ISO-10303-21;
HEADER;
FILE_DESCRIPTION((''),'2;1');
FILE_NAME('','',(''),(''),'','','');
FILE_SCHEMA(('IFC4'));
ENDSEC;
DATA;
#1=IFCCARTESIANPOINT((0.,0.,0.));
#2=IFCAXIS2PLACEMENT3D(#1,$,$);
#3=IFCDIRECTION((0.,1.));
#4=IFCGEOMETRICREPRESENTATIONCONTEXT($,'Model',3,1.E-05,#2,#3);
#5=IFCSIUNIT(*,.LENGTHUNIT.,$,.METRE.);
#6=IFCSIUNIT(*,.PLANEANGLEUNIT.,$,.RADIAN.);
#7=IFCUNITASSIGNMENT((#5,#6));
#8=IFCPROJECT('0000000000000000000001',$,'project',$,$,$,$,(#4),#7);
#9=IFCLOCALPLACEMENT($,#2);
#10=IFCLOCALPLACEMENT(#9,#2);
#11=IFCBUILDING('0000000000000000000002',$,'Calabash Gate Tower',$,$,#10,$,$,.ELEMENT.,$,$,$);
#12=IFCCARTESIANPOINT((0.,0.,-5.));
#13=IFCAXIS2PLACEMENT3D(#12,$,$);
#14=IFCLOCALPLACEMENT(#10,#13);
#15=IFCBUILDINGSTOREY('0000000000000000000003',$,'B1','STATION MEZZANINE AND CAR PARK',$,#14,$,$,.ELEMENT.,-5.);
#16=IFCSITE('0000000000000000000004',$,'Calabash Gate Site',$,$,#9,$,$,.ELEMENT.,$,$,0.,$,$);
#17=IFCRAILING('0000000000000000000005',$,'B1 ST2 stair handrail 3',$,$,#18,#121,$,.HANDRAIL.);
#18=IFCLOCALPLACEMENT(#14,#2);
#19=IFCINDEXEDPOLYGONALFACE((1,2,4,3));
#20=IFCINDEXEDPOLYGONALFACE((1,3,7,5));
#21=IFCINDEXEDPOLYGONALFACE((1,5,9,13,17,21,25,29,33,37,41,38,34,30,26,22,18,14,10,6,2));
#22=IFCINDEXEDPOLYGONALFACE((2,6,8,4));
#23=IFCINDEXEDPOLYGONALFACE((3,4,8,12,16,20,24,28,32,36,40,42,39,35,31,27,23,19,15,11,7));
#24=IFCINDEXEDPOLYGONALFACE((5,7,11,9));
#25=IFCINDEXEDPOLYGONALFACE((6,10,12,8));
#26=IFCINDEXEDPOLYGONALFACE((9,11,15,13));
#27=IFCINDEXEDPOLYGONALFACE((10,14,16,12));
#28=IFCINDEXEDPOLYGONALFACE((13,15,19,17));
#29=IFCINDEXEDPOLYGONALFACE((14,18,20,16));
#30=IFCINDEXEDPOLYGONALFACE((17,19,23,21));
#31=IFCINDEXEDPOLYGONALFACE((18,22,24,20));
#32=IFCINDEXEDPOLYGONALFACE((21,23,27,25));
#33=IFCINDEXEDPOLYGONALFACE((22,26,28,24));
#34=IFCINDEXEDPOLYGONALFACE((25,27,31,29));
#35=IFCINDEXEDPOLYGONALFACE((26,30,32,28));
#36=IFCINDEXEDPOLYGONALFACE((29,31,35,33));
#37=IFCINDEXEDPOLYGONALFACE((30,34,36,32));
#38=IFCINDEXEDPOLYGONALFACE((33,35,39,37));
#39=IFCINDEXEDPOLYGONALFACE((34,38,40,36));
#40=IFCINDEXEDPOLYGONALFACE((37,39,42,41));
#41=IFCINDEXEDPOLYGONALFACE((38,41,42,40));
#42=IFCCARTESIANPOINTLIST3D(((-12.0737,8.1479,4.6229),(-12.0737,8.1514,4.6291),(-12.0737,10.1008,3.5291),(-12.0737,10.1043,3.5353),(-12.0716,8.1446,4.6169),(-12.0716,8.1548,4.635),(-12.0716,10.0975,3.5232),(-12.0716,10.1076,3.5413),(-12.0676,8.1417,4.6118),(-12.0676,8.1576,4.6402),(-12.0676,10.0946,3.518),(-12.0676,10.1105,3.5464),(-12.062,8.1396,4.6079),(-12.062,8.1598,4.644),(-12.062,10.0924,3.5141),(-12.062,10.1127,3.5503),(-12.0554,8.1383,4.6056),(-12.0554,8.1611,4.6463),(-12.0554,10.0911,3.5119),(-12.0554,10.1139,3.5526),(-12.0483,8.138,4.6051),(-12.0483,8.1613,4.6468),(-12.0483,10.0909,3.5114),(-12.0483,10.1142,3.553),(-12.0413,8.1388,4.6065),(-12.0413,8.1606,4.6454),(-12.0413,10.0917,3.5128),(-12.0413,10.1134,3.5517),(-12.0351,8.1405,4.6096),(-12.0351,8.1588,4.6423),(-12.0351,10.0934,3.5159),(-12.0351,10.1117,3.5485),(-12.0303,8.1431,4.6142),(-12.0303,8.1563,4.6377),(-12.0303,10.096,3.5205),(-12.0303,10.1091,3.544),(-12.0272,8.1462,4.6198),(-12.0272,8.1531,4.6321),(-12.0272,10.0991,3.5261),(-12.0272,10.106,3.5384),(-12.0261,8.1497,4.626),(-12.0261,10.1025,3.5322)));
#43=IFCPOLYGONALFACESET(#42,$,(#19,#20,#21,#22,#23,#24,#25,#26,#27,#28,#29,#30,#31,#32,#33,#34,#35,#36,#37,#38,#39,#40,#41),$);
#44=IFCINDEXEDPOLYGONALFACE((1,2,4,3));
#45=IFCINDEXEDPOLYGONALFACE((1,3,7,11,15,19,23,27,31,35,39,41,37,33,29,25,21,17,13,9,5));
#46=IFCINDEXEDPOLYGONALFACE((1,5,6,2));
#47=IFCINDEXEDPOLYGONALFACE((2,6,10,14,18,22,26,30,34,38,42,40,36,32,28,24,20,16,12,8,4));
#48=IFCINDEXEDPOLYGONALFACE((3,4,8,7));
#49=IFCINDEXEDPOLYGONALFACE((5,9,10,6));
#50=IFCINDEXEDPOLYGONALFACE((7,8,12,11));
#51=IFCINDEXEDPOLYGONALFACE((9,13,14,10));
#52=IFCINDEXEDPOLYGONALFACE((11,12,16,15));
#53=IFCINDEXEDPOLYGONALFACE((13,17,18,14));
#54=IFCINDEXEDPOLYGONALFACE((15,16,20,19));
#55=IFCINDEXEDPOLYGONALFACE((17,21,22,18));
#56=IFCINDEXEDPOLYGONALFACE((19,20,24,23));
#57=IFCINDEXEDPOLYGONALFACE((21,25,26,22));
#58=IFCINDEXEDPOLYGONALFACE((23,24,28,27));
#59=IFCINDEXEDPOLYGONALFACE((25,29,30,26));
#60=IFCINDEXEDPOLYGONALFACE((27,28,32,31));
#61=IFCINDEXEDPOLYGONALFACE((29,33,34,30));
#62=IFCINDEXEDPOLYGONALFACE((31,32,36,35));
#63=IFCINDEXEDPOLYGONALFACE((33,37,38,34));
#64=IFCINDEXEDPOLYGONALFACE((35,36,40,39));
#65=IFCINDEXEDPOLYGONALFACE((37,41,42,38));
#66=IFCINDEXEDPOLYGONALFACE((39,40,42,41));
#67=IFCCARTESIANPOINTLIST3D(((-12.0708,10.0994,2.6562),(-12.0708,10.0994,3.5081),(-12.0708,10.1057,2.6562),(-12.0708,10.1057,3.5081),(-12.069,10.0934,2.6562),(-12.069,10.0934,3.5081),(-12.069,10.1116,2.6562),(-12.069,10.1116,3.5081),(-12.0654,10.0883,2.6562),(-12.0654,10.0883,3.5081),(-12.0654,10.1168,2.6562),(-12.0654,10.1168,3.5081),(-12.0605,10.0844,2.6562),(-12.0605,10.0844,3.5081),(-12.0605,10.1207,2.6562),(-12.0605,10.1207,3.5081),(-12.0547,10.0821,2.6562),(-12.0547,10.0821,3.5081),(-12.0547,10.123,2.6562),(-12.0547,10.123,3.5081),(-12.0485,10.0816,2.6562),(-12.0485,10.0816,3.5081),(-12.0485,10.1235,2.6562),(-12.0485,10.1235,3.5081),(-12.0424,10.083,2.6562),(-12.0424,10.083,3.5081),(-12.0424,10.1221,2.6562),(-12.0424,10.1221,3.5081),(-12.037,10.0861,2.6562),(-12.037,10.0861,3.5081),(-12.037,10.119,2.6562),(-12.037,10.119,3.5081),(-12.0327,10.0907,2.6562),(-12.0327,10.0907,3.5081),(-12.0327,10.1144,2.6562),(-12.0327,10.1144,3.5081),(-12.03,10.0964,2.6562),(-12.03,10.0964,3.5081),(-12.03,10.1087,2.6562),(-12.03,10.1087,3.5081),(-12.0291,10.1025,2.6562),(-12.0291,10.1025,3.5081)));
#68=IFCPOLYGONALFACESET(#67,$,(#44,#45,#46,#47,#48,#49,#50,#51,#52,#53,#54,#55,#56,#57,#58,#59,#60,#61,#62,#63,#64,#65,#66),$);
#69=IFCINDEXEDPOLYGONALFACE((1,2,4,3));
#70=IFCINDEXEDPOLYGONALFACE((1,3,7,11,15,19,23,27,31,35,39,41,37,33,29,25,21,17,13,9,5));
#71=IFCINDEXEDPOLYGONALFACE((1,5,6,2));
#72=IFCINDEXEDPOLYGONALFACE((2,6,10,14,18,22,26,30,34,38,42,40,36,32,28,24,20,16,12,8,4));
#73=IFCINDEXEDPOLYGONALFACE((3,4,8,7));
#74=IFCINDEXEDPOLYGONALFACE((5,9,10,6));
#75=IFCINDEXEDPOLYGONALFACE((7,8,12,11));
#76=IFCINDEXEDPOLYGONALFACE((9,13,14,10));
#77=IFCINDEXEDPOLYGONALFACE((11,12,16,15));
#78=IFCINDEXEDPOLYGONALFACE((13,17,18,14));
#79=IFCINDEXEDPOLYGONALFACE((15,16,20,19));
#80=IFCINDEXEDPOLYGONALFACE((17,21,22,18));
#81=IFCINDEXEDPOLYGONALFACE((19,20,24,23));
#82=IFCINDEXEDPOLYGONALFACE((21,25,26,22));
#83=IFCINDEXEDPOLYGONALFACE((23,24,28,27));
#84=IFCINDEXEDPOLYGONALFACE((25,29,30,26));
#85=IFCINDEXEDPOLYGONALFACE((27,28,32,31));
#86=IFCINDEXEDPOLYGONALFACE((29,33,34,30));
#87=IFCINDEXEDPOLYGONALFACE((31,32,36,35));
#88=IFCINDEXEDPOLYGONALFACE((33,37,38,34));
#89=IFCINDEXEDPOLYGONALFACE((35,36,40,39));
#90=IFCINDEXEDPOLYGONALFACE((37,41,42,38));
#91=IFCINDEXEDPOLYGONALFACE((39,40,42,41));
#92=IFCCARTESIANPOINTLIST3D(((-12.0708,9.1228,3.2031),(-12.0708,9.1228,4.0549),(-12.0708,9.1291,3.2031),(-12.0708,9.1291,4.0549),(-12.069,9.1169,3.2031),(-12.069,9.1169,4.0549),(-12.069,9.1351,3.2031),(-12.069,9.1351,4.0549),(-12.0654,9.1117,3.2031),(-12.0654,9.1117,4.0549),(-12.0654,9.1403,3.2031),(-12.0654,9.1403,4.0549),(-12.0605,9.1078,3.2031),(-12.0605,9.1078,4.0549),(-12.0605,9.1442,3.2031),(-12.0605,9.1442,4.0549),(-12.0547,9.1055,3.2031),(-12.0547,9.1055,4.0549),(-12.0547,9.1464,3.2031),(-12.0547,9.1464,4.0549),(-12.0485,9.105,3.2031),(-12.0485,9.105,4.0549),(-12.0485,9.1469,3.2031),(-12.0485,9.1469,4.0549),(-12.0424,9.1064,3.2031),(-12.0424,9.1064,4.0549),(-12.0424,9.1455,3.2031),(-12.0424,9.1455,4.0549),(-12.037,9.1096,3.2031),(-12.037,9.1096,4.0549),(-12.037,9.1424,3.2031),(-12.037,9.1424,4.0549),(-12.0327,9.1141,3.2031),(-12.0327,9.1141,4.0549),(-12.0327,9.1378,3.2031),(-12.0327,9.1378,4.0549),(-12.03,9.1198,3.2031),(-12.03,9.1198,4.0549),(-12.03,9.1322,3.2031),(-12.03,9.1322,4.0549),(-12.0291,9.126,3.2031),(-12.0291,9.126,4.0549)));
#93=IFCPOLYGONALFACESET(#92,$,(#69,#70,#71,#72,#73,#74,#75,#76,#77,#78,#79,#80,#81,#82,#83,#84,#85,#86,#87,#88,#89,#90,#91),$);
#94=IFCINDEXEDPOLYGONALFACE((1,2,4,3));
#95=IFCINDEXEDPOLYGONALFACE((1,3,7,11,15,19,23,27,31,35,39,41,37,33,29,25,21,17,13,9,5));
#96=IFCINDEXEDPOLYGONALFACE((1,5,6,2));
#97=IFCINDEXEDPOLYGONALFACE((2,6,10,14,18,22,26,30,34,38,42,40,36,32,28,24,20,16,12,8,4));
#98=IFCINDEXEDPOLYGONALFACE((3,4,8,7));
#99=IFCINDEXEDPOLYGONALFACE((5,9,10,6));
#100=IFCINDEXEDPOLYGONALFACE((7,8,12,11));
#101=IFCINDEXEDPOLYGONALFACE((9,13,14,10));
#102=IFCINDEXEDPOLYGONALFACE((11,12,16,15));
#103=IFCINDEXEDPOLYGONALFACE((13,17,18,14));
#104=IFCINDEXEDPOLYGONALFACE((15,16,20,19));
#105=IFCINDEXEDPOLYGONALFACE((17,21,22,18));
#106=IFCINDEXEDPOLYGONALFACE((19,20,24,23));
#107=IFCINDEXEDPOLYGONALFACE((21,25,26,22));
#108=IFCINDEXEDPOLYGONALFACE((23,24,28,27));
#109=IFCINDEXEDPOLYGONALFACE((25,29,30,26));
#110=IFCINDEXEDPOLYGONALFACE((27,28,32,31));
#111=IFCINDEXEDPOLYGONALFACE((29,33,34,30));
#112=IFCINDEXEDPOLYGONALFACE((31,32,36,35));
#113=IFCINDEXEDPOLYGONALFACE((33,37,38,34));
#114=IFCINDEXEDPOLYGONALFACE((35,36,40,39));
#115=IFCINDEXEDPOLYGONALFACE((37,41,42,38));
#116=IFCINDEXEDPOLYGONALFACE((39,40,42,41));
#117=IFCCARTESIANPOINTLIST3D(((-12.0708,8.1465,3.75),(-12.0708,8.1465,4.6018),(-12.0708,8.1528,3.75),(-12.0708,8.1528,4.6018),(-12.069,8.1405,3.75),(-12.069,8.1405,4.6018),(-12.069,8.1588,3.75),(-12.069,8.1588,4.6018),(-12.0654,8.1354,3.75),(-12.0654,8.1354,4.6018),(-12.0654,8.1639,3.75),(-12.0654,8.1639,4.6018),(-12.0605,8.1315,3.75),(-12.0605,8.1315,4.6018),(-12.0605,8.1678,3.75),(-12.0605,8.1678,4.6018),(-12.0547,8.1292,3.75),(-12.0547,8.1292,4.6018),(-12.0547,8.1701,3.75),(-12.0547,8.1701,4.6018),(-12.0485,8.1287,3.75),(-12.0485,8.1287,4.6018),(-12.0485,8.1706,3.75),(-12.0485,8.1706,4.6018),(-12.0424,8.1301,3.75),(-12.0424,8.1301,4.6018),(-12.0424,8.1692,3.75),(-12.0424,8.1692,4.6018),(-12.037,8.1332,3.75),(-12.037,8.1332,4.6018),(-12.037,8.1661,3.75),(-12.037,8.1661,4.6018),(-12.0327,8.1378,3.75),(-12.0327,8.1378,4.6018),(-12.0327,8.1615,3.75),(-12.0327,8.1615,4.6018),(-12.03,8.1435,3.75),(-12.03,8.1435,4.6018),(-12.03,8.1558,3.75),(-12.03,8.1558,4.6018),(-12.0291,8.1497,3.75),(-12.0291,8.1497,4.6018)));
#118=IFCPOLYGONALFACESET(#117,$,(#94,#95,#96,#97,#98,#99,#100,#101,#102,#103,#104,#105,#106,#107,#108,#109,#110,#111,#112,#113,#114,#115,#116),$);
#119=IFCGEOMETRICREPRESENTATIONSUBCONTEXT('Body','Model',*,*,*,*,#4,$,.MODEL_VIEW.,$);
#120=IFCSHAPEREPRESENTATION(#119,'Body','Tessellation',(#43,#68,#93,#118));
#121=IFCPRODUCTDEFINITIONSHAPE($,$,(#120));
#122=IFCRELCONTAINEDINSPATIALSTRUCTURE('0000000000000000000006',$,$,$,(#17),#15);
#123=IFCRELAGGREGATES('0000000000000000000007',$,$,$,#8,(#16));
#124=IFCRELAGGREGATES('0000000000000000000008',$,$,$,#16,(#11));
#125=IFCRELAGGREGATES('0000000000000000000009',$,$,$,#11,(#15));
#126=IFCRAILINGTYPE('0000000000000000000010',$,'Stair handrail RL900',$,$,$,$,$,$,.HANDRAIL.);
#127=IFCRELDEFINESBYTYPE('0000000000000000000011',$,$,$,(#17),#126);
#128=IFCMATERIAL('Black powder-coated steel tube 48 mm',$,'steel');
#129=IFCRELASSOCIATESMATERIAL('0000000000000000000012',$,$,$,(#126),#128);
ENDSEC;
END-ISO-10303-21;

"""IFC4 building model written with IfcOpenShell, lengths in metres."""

from ifc_helpers import new_model, si_unit, direction, frame, origin, origin_2d, place, context, subcontext, project, spatial, circle, extrude, material, type_object, element, save


model = new_model("IFC4")

# Units and contexts
model_context = context("Model", 3, precision=1e-05, world=origin(), true_north=direction((0.0, 1.0)))
body_context = subcontext(model_context, "Body", "Model", "MODEL_VIEW")
ifc_project = project(units=[si_unit("LENGTHUNIT", "METRE"), si_unit("PLANEANGLEUNIT", "RADIAN")], contexts=[model_context])

# Site, building, storey
site_placement = place(None, origin())
site = spatial("IfcSite", under=ifc_project, at=site_placement, Name="Calabash Gate Site", CompositionType="ELEMENT", RefElevation=0.0)
building_placement = place(site_placement, origin())
building = spatial("IfcBuilding", under=site, at=building_placement, Name="Calabash Gate Tower", CompositionType="ELEMENT")
storey_placement = place(building_placement, frame((0.0, 0.0, -5.0)))
storey = spatial("IfcBuildingStorey", under=building, at=storey_placement, Name="B1", Description="STATION MEZZANINE AND CAR PARK", CompositionType="ELEMENT", Elevation=-5.0)

# Railing
ifc_material_1 = material(Name="Black powder-coated steel tube 48 mm", Category="steel")
railing_type_1 = type_object("IfcRailingType", Name="Stair handrail RL900", PredefinedType="HANDRAIL", material=ifc_material_1)
railing_1_placement = place(storey_placement, frame((-12.05, 10.1025, 2.6562)))
element("IfcRailing", 1, at=railing_1_placement, inside=storey, type_object=railing_type_1, Name="B1 ST2 stair handrail 3", PredefinedType="HANDRAIL", context=body_context, shape_type="SweptSolid", body=[
    extrude(circle(Radius=0.0239, at=origin_2d()), frame((0.0, 0.0, 0.876), z_axis=(0.0, -0.87248, 0.48865), x_axis=(1.0, 0.0, 0.0)), (0.0, 0.0, 1.0), 2.2383),
    extrude(circle(Radius=0.021, at=origin_2d()), origin(), (0.0, 0.0, 1.0), 0.8518),
    extrude(circle(Radius=0.021, at=origin_2d()), frame((0.0, -0.9766, 0.5469)), (0.0, 0.0, 1.0), 0.8518),
    extrude(circle(Radius=0.021, at=origin_2d()), frame((0.0, -1.9529, 1.0938)), (0.0, 0.0, 1.0), 0.8518),
])

save(model, "model.ifc")
